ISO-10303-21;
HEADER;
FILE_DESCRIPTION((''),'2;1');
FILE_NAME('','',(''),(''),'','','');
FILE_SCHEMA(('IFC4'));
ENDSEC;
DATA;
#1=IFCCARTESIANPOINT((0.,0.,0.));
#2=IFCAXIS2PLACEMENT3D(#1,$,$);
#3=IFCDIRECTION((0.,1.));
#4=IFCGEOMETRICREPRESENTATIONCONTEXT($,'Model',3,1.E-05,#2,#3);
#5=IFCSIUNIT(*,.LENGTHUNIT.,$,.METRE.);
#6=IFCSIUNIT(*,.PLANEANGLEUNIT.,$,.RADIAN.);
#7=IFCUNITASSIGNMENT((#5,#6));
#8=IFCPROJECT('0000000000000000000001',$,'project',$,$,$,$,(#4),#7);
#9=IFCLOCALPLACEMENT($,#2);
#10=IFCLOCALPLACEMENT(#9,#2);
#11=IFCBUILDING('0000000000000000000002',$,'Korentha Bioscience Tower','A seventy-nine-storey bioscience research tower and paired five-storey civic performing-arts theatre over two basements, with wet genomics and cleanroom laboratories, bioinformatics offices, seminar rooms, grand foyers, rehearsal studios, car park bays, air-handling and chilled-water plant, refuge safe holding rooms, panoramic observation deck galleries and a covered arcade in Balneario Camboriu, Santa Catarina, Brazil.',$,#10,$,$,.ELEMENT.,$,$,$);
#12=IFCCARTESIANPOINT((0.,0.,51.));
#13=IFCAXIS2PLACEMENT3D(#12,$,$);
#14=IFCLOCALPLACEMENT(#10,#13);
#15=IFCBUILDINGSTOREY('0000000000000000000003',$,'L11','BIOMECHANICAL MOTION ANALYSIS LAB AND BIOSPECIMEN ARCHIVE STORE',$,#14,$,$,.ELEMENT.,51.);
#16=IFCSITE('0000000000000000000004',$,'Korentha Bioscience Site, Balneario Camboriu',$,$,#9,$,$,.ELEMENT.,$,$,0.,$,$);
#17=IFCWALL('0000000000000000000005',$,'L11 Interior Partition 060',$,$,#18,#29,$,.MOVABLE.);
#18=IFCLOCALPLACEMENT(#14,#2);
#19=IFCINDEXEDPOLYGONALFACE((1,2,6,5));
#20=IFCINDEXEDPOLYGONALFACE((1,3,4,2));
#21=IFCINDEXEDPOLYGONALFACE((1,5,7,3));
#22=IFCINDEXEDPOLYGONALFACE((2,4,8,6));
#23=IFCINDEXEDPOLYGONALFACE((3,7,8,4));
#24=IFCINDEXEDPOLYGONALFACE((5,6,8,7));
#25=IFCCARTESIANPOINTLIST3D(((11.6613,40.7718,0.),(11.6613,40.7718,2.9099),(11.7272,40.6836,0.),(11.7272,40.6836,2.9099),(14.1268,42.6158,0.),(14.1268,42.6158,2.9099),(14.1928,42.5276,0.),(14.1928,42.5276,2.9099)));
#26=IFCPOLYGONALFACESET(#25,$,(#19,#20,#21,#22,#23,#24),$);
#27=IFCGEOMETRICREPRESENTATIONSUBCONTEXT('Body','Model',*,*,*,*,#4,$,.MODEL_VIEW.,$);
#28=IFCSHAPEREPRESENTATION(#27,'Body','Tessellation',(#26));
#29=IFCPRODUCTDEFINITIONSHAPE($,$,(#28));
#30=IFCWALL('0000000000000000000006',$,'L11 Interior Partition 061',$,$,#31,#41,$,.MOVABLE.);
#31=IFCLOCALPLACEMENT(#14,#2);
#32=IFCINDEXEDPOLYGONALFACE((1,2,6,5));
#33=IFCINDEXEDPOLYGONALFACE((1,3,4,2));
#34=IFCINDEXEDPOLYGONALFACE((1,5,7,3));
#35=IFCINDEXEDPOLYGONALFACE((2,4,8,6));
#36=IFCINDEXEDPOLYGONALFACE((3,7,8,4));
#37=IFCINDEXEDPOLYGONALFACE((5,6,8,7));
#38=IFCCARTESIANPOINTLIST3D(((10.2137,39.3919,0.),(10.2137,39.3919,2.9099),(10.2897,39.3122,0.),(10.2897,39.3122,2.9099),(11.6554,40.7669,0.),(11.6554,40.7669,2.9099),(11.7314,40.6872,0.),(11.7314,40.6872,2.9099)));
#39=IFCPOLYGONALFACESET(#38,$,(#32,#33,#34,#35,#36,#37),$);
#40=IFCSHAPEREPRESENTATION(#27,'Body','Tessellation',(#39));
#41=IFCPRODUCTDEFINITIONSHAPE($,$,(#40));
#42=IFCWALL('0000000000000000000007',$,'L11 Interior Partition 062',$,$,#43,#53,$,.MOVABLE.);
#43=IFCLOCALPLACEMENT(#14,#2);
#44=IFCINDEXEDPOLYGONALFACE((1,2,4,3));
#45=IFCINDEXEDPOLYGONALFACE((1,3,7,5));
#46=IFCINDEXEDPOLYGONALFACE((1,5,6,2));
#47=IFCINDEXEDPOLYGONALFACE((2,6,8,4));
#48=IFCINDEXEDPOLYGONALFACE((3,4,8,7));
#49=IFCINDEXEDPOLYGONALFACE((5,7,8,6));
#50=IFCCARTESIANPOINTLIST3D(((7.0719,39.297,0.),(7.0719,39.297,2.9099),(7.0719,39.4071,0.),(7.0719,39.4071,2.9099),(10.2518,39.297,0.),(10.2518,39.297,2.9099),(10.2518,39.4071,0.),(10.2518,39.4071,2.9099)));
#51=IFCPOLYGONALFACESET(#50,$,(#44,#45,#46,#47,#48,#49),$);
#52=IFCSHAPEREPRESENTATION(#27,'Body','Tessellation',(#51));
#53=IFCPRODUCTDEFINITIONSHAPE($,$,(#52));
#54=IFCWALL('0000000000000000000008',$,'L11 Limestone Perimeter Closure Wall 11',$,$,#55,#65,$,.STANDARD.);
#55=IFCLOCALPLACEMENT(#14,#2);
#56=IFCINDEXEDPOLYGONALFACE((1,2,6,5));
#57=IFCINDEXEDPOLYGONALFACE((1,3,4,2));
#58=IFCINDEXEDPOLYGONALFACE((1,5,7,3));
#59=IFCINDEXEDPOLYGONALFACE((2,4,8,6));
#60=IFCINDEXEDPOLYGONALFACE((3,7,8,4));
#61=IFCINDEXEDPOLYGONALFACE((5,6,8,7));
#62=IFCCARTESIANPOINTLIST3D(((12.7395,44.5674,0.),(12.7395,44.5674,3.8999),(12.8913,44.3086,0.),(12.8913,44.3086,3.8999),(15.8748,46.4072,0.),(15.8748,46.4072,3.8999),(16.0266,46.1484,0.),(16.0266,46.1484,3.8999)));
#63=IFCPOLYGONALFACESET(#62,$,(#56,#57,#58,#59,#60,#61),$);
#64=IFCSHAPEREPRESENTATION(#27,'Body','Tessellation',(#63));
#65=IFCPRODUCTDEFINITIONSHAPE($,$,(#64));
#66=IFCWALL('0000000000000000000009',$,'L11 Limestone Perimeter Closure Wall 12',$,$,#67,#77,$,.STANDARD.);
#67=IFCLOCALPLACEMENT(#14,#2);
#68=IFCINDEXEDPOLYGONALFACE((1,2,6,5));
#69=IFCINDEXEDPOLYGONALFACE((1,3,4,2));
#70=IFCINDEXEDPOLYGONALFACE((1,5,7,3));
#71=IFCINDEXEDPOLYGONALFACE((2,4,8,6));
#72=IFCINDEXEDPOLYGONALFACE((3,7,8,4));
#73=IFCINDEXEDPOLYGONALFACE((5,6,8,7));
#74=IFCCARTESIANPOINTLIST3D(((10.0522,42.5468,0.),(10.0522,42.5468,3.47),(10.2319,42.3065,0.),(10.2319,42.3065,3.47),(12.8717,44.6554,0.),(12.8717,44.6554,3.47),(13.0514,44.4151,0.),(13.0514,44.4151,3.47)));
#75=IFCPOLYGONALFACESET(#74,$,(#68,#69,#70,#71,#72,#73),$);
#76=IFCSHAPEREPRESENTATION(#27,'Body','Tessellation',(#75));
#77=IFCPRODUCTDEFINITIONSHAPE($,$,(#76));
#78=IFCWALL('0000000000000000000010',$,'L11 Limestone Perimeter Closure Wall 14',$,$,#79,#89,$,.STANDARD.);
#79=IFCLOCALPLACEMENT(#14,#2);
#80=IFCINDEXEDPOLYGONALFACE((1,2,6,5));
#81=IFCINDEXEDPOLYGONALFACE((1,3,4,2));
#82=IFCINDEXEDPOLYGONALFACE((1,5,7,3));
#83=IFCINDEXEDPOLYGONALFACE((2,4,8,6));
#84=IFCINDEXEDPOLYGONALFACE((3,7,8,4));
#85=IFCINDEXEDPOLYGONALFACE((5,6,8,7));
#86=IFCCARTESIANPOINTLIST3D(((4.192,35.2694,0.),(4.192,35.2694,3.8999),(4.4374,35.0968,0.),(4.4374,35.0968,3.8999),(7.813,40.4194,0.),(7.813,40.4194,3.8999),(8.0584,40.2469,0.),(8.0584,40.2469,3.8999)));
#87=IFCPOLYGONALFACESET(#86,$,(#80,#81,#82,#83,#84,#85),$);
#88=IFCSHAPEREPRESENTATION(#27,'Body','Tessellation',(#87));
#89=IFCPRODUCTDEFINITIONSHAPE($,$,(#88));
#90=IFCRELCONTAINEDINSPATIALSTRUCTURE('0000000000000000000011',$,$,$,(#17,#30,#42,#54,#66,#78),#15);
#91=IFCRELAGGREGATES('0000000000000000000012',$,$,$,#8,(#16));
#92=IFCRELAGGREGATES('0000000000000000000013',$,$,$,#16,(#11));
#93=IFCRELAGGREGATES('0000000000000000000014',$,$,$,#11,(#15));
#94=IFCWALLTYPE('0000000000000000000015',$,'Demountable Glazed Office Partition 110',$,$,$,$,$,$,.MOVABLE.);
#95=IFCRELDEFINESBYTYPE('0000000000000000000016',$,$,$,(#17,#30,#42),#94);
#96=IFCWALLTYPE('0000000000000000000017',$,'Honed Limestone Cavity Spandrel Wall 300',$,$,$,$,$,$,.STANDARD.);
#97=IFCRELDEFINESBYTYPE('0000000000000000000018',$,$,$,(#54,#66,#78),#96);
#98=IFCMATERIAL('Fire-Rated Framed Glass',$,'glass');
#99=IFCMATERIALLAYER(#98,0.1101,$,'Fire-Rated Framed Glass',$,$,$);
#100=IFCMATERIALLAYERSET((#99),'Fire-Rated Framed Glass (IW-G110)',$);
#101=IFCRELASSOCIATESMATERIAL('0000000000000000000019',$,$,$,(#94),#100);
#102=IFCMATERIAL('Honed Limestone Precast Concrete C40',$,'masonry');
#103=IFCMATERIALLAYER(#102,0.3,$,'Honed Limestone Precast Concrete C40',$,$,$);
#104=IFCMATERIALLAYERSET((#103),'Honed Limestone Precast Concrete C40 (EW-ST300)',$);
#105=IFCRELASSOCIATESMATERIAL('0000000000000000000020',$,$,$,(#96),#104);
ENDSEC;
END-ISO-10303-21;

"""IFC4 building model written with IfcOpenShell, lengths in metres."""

from ifc_helpers import new_model, si_unit, direction, frame, frame_2d, origin, place, context, subcontext, project, spatial, rectangle, extrude, material, layer, layer_set, type_object, element, save


model = new_model("IFC4")

# Units and contexts
model_context = context("Model", 3, precision=1e-05, world=origin(), true_north=direction((0.0, 1.0)))
body_context = subcontext(model_context, "Body", "Model", "MODEL_VIEW")
ifc_project = project(units=[si_unit("LENGTHUNIT", "METRE"), si_unit("PLANEANGLEUNIT", "RADIAN")], contexts=[model_context])

# Site, building, storey
site_placement = place(None, origin())
site = spatial("IfcSite", under=ifc_project, at=site_placement, Name="Korentha Bioscience Site, Balneario Camboriu", CompositionType="ELEMENT", RefElevation=0.0)
building_placement = place(site_placement, origin())
building = spatial("IfcBuilding", under=site, at=building_placement, Name="Korentha Bioscience Tower", Description="A seventy-nine-storey bioscience research tower and paired five-storey civic performing-arts theatre over two basements, with wet genomics and cleanroom laboratories, bioinformatics offices, seminar rooms, grand foyers, rehearsal studios, car park bays, air-handling and chilled-water plant, refuge safe holding rooms, panoramic observation deck galleries and a covered arcade in Balneario Camboriu, Santa Catarina, Brazil.", CompositionType="ELEMENT")
storey_placement = place(building_placement, frame((0.0, 0.0, 51.0)))
storey = spatial("IfcBuildingStorey", under=building, at=storey_placement, Name="L11", Description="BIOMECHANICAL MOTION ANALYSIS LAB AND BIOSPECIMEN ARCHIVE STORE", CompositionType="ELEMENT", Elevation=51.0)

# Walls
ifc_material_1 = material(Name="Fire-Rated Framed Glass", Category="glass")
ifc_layer_1 = layer(ifc_material_1, 0.1101, Name="Fire-Rated Framed Glass")
ifc_layer_set_1 = layer_set([ifc_layer_1], Name="Fire-Rated Framed Glass (IW-G110)")
wall_type_1 = type_object("IfcWallType", Name="Demountable Glazed Office Partition 110", PredefinedType="MOVABLE", material=ifc_layer_set_1)
wall_1_placement = place(storey_placement, frame((14.1599, 42.5718, 0.0), z_axis=(0.0, 0.0, 1.0), x_axis=(-0.800808, -0.598921, 0.0)))
element("IfcWall", 1, at=wall_1_placement, inside=storey, type_object=wall_type_1, Name="L11 Interior Partition 060", PredefinedType="MOVABLE", context=body_context, shape_type="SweptSolid", body=[
    extrude(rectangle(XDim=3.0789, YDim=0.1101, at=frame_2d((1.5396, 0.0))), origin(), (0.0, 0.0, 1.0), 2.9099),
])
wall_2_placement = place(storey_placement, frame((11.6934, 40.7271, 0.0), z_axis=(0.0, 0.0, 1.0), x_axis=(-0.723636, -0.690181, 0.0)))
element("IfcWall", 2, at=wall_2_placement, inside=storey, type_object=wall_type_1, Name="L11 Interior Partition 061", PredefinedType="MOVABLE", context=body_context, shape_type="SweptSolid", body=[
    extrude(rectangle(XDim=1.9922, YDim=0.1101, at=frame_2d((0.9961, 0.0))), origin(), (0.0, 0.0, 1.0), 2.9099),
])
wall_3_placement = place(storey_placement, frame((10.2517, 39.3521, 0.0), z_axis=(0.0, 0.0, 1.0), x_axis=(-1.0, 0.0, 0.0)))
element("IfcWall", 3, at=wall_3_placement, inside=storey, type_object=wall_type_1, Name="L11 Interior Partition 062", PredefinedType="MOVABLE", context=body_context, shape_type="SweptSolid", body=[
    extrude(rectangle(XDim=3.1799, YDim=0.1101, at=frame_2d((1.5898, 0.0))), origin(), (0.0, 0.0, 1.0), 2.9099),
])
ifc_material_2 = material(Name="Honed Limestone Precast Concrete C40", Category="masonry")
ifc_layer_2 = layer(ifc_material_2, 0.3, Name="Honed Limestone Precast Concrete C40")
ifc_layer_set_2 = layer_set([ifc_layer_2], Name="Honed Limestone Precast Concrete C40 (EW-ST300)")
wall_type_2 = type_object("IfcWallType", Name="Honed Limestone Cavity Spandrel Wall 300", PredefinedType="STANDARD", material=ifc_layer_set_2)
wall_4_placement = place(storey_placement, frame((15.9507, 46.2778, 0.0), z_axis=(0.0, 0.0, 1.0), x_axis=(-0.862465, -0.506116, 0.0)))
element("IfcWall", 4, at=wall_4_placement, inside=storey, type_object=wall_type_2, Name="L11 Limestone Perimeter Closure Wall 11", PredefinedType="STANDARD", context=body_context, shape_type="SweptSolid", body=[
    extrude(rectangle(XDim=3.6353, YDim=0.3, at=frame_2d((1.8176, 0.0))), origin(), (0.0, 0.0, 1.0), 3.8999),
])
wall_5_placement = place(storey_placement, frame((12.9614, 44.5352, 0.0), z_axis=(0.0, 0.0, 1.0), x_axis=(-0.800823, -0.598901, 0.0)))
element("IfcWall", 5, at=wall_5_placement, inside=storey, type_object=wall_type_2, Name="L11 Limestone Perimeter Closure Wall 12", PredefinedType="STANDARD", context=body_context, shape_type="SweptSolid", body=[
    extrude(rectangle(XDim=3.5208, YDim=0.3, at=frame_2d((1.7603, 0.0))), origin(), (0.0, 0.0, 1.0), 3.47),
])
wall_6_placement = place(storey_placement, frame((7.9358, 40.3333, 0.0), z_axis=(0.0, 0.0, 1.0), x_axis=(-0.575166, -0.818037, 0.0)))
element("IfcWall", 6, at=wall_6_placement, inside=storey, type_object=wall_type_2, Name="L11 Limestone Perimeter Closure Wall 14", PredefinedType="STANDARD", context=body_context, shape_type="SweptSolid", body=[
    extrude(rectangle(XDim=6.2957, YDim=0.3, at=frame_2d((3.1479, 0.0))), origin(), (0.0, 0.0, 1.0), 3.8999),
])

save(model, "model.ifc")
